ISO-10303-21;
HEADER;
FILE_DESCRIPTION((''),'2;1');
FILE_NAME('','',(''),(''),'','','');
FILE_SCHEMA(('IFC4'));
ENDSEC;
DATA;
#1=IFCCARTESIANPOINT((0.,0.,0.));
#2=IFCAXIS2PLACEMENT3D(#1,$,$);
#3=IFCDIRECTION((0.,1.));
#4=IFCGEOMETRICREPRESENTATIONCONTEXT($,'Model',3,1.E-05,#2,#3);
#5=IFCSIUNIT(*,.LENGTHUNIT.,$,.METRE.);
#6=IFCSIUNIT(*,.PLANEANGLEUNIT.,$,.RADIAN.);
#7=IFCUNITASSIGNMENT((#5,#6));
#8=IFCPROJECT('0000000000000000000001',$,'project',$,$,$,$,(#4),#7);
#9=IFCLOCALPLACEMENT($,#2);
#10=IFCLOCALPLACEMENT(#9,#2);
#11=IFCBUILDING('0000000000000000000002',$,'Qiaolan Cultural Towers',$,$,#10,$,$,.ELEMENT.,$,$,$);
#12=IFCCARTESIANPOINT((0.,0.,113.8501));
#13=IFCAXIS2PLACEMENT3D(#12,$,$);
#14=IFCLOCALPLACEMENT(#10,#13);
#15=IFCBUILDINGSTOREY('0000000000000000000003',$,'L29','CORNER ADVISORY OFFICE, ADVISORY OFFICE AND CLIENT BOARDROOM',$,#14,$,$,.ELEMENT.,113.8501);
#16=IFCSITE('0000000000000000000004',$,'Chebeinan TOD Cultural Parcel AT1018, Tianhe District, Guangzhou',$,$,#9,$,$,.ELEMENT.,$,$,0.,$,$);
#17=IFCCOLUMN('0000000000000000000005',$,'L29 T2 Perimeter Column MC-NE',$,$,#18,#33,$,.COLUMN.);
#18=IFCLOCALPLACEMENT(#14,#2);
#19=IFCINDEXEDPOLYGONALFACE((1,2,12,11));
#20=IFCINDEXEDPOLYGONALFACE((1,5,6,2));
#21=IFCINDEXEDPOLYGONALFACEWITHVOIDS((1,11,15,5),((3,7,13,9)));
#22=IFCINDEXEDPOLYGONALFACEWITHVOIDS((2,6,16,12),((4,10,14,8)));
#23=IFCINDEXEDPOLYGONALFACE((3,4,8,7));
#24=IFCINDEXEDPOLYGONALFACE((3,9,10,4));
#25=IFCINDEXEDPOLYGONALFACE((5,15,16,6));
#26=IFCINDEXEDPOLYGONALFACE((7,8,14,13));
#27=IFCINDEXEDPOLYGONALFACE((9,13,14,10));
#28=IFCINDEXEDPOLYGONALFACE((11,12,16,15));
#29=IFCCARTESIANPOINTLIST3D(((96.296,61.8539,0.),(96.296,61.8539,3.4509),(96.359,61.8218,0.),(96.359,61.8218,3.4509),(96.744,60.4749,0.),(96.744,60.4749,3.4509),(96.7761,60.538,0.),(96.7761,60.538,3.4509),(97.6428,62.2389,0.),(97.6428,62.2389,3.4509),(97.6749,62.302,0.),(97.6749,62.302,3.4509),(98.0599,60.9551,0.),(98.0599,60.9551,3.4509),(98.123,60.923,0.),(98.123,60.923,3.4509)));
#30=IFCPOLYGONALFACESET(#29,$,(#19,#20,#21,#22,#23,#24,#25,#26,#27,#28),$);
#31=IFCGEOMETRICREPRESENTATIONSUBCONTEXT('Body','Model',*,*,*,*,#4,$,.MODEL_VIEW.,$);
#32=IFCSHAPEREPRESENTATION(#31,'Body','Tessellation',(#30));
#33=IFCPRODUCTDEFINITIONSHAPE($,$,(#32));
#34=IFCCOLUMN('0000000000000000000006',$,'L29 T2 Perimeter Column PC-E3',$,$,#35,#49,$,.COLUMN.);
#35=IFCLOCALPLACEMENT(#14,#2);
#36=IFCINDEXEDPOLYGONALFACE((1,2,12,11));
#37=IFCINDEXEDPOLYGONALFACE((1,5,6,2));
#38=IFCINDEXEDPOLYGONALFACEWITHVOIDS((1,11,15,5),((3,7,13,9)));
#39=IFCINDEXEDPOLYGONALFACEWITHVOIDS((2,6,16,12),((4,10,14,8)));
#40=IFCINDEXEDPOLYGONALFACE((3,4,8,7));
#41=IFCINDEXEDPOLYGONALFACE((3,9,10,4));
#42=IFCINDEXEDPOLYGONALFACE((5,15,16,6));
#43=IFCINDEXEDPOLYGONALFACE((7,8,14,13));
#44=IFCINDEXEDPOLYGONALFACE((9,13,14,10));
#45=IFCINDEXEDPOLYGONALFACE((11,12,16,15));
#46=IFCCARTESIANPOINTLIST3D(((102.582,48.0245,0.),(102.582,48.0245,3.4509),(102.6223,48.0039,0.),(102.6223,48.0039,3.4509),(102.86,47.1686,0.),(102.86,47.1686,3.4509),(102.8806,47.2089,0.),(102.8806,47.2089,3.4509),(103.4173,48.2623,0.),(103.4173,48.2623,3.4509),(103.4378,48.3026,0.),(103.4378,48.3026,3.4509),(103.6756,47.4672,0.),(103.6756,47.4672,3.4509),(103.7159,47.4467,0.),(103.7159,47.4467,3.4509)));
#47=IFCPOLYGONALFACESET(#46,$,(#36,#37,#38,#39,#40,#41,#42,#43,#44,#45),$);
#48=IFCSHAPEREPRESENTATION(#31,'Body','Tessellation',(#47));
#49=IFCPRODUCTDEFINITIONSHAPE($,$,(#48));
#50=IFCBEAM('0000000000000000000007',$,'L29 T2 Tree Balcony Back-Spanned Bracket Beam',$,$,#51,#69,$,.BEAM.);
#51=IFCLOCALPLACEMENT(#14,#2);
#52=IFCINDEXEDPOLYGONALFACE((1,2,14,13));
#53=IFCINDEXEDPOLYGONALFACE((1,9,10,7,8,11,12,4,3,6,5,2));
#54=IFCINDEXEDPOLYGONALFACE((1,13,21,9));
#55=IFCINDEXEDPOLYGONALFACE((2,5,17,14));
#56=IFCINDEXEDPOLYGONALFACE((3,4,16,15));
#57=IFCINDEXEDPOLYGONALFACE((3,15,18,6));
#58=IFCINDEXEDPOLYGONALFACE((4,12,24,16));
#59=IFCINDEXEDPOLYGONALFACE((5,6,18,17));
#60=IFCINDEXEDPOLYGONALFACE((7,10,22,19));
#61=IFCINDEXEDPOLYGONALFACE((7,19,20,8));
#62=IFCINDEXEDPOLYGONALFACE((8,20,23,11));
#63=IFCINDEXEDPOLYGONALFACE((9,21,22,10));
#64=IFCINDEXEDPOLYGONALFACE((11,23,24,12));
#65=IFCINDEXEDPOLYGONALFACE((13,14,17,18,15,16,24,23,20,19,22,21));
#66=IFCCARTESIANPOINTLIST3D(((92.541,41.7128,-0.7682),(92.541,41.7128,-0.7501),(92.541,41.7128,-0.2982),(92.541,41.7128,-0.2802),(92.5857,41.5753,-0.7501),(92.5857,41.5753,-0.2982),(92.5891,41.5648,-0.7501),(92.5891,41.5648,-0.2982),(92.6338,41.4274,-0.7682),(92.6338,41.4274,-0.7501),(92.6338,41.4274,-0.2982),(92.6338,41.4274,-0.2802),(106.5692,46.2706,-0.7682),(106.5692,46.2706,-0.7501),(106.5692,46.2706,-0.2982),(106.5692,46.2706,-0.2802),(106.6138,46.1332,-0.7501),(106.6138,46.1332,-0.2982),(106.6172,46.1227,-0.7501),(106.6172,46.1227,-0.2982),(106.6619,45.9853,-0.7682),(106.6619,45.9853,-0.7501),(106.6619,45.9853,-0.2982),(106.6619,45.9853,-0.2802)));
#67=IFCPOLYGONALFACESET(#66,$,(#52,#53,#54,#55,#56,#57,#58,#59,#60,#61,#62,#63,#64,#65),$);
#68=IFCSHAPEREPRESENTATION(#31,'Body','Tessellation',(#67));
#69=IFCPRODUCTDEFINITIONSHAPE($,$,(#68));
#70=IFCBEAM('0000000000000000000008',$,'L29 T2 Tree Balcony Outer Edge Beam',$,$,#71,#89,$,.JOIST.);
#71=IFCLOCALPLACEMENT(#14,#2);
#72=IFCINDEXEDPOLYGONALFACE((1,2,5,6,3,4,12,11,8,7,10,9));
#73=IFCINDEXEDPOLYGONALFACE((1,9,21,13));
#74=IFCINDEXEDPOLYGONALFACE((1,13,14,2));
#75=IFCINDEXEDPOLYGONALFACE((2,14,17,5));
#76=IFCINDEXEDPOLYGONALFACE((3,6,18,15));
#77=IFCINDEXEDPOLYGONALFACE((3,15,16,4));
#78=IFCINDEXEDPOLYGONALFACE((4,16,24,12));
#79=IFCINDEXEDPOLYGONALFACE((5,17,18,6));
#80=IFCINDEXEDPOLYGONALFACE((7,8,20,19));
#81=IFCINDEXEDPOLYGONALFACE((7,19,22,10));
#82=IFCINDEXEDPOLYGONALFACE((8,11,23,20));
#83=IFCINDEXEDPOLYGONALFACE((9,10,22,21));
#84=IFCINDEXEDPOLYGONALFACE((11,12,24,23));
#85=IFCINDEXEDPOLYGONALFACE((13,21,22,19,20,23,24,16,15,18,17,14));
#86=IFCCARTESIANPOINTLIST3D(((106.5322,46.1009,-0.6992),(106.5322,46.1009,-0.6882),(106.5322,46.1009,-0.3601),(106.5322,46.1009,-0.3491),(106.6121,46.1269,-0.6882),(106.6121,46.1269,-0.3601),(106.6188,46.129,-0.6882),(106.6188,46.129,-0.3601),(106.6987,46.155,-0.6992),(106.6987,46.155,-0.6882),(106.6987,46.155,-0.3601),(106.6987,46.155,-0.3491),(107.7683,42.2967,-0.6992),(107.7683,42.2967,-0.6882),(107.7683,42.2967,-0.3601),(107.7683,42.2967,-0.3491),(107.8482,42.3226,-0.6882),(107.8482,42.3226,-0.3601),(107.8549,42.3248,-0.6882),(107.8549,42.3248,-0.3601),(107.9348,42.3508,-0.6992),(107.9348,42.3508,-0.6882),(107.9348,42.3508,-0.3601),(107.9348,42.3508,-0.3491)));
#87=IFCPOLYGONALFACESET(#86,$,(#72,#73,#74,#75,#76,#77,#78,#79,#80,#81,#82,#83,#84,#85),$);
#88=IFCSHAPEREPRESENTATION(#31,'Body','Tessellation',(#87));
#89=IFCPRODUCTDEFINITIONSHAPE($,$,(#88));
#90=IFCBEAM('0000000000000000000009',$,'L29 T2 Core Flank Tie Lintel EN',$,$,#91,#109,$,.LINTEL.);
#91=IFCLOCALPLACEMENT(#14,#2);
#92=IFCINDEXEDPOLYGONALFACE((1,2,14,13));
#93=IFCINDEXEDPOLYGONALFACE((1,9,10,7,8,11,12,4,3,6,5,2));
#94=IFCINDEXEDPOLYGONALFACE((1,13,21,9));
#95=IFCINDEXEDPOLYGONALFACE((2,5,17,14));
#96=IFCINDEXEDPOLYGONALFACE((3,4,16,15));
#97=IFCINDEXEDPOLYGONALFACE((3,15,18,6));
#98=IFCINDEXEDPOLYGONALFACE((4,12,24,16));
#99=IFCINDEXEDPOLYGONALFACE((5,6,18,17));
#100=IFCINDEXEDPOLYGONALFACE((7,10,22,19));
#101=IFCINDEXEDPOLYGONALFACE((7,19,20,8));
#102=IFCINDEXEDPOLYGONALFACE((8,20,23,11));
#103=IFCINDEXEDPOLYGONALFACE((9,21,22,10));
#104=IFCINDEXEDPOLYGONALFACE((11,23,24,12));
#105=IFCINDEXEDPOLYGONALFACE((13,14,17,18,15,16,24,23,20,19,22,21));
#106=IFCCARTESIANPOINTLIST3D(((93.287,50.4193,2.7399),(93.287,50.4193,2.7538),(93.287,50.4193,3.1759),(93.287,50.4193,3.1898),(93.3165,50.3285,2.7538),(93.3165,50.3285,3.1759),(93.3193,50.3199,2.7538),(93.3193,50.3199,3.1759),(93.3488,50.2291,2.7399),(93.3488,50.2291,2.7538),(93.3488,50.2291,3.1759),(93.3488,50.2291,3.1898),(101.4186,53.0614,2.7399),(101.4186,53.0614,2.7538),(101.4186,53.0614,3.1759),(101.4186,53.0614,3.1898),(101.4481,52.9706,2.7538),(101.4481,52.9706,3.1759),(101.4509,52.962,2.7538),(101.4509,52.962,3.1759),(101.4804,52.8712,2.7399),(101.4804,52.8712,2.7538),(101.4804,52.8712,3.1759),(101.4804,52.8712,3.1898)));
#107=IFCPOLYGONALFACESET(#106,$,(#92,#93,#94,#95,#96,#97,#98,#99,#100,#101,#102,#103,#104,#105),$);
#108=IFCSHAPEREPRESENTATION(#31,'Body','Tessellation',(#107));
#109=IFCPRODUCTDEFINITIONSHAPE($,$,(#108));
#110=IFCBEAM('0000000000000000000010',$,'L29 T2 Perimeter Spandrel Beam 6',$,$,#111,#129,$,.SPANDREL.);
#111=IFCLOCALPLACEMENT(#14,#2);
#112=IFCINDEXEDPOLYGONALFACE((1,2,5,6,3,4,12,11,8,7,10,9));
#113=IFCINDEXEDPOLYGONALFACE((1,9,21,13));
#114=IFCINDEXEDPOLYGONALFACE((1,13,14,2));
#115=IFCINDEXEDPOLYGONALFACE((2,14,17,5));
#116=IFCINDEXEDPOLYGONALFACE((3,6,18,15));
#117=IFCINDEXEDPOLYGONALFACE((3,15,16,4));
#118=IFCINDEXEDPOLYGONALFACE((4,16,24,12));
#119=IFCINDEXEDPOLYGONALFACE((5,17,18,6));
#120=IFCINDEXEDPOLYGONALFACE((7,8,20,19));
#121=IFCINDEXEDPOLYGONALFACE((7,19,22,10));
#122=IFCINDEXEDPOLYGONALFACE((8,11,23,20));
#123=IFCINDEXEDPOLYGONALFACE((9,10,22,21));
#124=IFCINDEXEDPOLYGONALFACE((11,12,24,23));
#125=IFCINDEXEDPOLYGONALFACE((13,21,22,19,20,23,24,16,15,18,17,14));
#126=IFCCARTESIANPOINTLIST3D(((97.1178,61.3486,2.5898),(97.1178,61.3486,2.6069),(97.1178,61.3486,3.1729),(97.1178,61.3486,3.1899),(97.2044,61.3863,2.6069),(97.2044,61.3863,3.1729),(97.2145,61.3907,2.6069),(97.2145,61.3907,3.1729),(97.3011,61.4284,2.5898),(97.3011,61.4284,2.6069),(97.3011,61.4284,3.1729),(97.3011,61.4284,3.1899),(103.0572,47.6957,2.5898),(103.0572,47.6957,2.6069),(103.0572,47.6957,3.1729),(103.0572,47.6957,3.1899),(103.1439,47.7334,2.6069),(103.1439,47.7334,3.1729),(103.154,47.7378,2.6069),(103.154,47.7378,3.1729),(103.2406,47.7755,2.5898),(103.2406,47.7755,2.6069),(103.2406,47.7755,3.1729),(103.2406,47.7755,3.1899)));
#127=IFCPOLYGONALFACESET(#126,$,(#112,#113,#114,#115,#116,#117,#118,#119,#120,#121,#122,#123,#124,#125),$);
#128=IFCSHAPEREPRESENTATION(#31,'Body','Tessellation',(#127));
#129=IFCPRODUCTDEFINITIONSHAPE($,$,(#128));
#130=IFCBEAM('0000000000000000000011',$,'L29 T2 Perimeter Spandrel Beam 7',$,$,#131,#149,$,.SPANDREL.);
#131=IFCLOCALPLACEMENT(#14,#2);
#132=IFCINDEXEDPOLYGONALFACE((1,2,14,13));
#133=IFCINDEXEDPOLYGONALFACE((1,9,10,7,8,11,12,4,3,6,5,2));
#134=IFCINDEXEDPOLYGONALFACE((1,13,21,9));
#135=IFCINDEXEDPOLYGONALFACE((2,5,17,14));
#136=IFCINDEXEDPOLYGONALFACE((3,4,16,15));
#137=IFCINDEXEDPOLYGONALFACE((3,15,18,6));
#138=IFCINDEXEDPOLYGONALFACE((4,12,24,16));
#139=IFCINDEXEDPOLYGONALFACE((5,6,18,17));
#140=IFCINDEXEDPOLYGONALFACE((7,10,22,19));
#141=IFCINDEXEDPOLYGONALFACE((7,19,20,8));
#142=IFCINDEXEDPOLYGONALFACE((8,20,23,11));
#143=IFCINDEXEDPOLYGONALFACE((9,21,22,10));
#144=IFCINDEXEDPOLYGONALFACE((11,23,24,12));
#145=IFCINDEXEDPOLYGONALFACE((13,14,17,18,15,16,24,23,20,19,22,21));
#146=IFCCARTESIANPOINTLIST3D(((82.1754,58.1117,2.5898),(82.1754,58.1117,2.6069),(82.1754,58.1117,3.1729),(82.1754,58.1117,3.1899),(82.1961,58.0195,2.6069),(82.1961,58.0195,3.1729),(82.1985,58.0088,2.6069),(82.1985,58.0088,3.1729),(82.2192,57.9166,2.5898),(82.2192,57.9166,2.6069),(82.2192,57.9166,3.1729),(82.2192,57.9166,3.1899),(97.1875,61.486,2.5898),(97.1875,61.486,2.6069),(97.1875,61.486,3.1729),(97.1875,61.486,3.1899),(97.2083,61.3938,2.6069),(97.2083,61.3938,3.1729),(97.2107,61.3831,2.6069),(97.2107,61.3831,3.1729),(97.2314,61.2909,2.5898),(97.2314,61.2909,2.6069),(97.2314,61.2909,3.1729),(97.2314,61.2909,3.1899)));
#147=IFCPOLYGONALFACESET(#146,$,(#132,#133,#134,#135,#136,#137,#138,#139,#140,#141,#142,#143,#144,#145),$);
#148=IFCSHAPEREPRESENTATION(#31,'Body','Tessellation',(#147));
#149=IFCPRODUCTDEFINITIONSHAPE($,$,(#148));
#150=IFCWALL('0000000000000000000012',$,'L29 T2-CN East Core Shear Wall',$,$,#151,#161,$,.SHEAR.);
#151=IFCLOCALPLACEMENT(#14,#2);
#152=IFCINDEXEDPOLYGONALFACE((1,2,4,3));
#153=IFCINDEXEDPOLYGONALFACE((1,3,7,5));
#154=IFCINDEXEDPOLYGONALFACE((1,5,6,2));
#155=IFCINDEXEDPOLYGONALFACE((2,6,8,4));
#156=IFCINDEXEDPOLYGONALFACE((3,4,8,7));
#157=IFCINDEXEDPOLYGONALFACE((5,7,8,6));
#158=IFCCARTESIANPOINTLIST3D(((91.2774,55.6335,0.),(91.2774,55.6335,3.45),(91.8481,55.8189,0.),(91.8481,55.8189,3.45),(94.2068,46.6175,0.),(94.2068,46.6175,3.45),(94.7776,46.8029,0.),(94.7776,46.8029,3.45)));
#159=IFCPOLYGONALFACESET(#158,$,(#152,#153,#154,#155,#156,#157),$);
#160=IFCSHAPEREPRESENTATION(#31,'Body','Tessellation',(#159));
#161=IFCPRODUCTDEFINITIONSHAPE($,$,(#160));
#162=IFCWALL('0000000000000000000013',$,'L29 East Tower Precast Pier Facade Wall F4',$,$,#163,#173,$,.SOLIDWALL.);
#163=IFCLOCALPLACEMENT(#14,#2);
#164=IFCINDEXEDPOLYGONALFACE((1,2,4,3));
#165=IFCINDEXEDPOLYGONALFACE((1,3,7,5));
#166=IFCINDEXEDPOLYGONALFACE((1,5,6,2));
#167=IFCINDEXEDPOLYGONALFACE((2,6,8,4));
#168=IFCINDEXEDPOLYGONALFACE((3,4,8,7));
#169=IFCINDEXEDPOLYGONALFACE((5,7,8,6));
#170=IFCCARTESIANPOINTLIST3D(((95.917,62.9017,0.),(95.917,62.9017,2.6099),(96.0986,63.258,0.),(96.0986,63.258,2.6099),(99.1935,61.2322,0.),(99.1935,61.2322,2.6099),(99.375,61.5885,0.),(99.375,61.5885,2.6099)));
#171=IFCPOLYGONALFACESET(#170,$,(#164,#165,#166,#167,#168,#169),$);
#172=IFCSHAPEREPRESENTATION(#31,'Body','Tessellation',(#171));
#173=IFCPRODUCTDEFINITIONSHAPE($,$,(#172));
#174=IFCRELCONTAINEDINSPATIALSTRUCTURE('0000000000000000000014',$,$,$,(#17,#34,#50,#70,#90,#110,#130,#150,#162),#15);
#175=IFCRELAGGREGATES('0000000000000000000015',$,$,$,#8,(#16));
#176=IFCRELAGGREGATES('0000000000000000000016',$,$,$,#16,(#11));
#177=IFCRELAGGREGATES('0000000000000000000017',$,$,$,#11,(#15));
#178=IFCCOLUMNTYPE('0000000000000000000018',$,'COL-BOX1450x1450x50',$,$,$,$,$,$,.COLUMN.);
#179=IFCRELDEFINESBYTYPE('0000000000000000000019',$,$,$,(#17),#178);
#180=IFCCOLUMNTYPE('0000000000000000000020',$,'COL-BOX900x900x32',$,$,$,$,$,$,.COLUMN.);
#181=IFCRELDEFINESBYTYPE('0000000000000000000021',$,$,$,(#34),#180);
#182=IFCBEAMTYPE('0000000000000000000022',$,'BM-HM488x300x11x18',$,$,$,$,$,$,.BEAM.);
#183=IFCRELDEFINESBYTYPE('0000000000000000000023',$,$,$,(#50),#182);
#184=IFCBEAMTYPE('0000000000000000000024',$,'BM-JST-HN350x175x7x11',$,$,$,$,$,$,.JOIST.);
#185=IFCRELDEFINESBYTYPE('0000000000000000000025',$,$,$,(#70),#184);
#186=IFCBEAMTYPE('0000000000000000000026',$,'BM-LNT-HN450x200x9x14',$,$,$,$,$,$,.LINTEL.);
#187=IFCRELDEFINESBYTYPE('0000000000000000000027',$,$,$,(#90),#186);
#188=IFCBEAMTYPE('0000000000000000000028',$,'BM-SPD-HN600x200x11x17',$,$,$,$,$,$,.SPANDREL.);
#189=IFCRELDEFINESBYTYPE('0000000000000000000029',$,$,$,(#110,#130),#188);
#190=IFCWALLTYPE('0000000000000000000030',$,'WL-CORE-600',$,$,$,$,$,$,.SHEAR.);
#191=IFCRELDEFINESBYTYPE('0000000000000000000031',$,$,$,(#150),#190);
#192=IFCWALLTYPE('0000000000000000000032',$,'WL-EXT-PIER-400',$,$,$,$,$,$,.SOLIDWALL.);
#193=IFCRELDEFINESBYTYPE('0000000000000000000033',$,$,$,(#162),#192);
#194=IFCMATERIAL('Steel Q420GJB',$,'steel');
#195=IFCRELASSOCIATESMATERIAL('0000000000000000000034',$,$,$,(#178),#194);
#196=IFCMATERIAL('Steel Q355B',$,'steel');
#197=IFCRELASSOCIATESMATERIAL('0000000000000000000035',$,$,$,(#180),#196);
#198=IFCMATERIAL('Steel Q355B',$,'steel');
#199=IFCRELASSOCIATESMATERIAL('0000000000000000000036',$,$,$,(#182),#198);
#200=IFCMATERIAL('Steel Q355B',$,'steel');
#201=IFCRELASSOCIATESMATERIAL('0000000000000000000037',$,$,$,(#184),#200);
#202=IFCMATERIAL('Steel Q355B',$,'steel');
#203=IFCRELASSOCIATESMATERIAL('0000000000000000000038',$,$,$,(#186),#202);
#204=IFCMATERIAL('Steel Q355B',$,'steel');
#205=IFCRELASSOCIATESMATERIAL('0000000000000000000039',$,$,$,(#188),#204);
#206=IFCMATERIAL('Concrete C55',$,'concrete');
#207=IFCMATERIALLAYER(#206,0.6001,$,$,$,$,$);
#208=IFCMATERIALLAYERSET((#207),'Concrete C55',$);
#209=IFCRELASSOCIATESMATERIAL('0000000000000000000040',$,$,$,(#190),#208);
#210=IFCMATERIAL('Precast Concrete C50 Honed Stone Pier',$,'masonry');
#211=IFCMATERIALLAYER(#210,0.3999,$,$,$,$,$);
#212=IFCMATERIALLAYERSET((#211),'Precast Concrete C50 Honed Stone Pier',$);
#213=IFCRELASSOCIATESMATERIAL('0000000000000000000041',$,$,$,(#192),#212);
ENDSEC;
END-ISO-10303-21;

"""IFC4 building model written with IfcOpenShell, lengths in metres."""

from ifc_helpers import new_model, si_unit, direction, frame, frame_2d, origin, origin_2d, place, context, subcontext, project, spatial, rectangle, hollow_rectangle, i_section, extrude, material, layer, layer_set, material_profile, profile_set, type_object, element, save


model = new_model("IFC4")

# Units and contexts
model_context = context("Model", 3, precision=1e-05, world=origin(), true_north=direction((0.0, 1.0)))
body_context = subcontext(model_context, "Body", "Model", "MODEL_VIEW")
ifc_project = project(units=[si_unit("LENGTHUNIT", "METRE"), si_unit("PLANEANGLEUNIT", "RADIAN")], contexts=[model_context])

# Site, building, storey
site_placement = place(None, origin())
site = spatial("IfcSite", under=ifc_project, at=site_placement, Name="Chebeinan TOD Cultural Parcel AT1018, Tianhe District, Guangzhou", CompositionType="ELEMENT", RefElevation=0.0)
building_placement = place(site_placement, origin())
building = spatial("IfcBuilding", under=site, at=building_placement, Name="Qiaolan Cultural Towers", CompositionType="ELEMENT")
storey_placement = place(building_placement, frame((0.0, 0.0, 113.8501)))
storey = spatial("IfcBuildingStorey", under=building, at=storey_placement, Name="L29", Description="CORNER ADVISORY OFFICE, ADVISORY OFFICE AND CLIENT BOARDROOM", CompositionType="ELEMENT", Elevation=113.8501)

# Columns
ifc_material_1 = material(Name="Steel Q420GJB", Category="steel")
ifc_material_profile_1 = material_profile(ifc_material_1, hollow_rectangle(XDim=1.45, YDim=1.45, WallThickness=0.05, at=origin_2d()), Name="BOX1450x1450x50")
ifc_profile_set_1 = profile_set([ifc_material_profile_1], Name="Steel Q420GJB")
column_type_1 = type_object("IfcColumnType", Name="COL-BOX1450x1450x50", PredefinedType="COLUMN", material=ifc_profile_set_1)
column_1_placement = place(storey_placement, frame((97.2095, 61.3884, 0.0), z_axis=(0.0, 0.0, 1.0), x_axis=(0.951057, 0.309017, 0.0)))
element("IfcColumn", 1, at=column_1_placement, inside=storey, type_object=column_type_1, Name="L29 T2 Perimeter Column MC-NE", PredefinedType="COLUMN", context=body_context, shape_type="SweptSolid", body=[
    extrude(hollow_rectangle(XDim=1.45, YDim=1.45, WallThickness=0.05, at=origin_2d()), origin(), (0.0, 0.0, 1.0), 3.4509),
])
ifc_material_2 = material(Name="Steel Q355B", Category="steel")
ifc_material_profile_2 = material_profile(ifc_material_2, hollow_rectangle(XDim=0.8999, YDim=0.8999, WallThickness=0.032, at=origin_2d()), Name="BOX900x900x32")
ifc_profile_set_2 = profile_set([ifc_material_profile_2], Name="Steel Q355B")
column_type_2 = type_object("IfcColumnType", Name="COL-BOX900x900x32", PredefinedType="COLUMN", material=ifc_profile_set_2)
column_2_placement = place(storey_placement, frame((103.1489, 47.7356, 0.0), z_axis=(0.0, 0.0, 1.0), x_axis=(0.951057, 0.309017, 0.0)))
element("IfcColumn", 2, at=column_2_placement, inside=storey, type_object=column_type_2, Name="L29 T2 Perimeter Column PC-E3", PredefinedType="COLUMN", context=body_context, shape_type="SweptSolid", body=[
    extrude(hollow_rectangle(XDim=0.8999, YDim=0.8999, WallThickness=0.032, at=origin_2d()), origin(), (0.0, 0.0, 1.0), 3.4509),
])

# Beams
ifc_material_3 = material(Name="Steel Q355B", Category="steel")
ifc_material_profile_3 = material_profile(ifc_material_3, i_section(OverallWidth=0.3, OverallDepth=0.488, WebThickness=0.011, FlangeThickness=0.0181, at=origin_2d()), Name="HM488x300x11x18")
ifc_profile_set_3 = profile_set([ifc_material_profile_3], Name="Steel Q355B")
beam_type_1 = type_object("IfcBeamType", Name="BM-HM488x300x11x18", PredefinedType="BEAM", material=ifc_profile_set_3)
beam_1_placement = place(storey_placement, frame((92.5874, 41.5701, -0.5242), z_axis=(0.951059, 0.309009, 0.0), x_axis=(-0.309009, 0.951059, 0.0)))
element("IfcBeam", 3, at=beam_1_placement, inside=storey, type_object=beam_type_1, Name="L29 T2 Tree Balcony Back-Spanned Bracket Beam", PredefinedType="BEAM", context=body_context, shape_type="SweptSolid", body=[
    extrude(i_section(OverallWidth=0.3, OverallDepth=0.488, WebThickness=0.011, FlangeThickness=0.0181, at=origin_2d()), origin(), (0.0, 0.0, 1.0), 14.75),
])
ifc_material_4 = material(Name="Steel Q355B", Category="steel")
ifc_material_profile_4 = material_profile(ifc_material_4, i_section(OverallWidth=0.175, OverallDepth=0.3501, WebThickness=0.0071, FlangeThickness=0.011, at=origin_2d()), Name="HN350x175x7x11")
ifc_profile_set_4 = profile_set([ifc_material_profile_4], Name="Steel Q355B")
beam_type_2 = type_object("IfcBeamType", Name="BM-JST-HN350x175x7x11", PredefinedType="JOIST", material=ifc_profile_set_4)
beam_2_placement = place(storey_placement, frame((107.8516, 42.3237, -0.5242), z_axis=(-0.309023, 0.951055, 0.0), x_axis=(-0.951055, -0.309023, 0.0)))
element("IfcBeam", 4, at=beam_2_placement, inside=storey, type_object=beam_type_2, Name="L29 T2 Tree Balcony Outer Edge Beam", PredefinedType="JOIST", context=body_context, shape_type="SweptSolid", body=[
    extrude(i_section(OverallWidth=0.175, OverallDepth=0.3501, WebThickness=0.0071, FlangeThickness=0.011, at=origin_2d()), origin(), (0.0, 0.0, 1.0), 4.0),
])
ifc_material_5 = material(Name="Steel Q355B", Category="steel")
ifc_material_profile_5 = material_profile(ifc_material_5, i_section(OverallWidth=0.2, OverallDepth=0.45, WebThickness=0.009, FlangeThickness=0.0139, at=origin_2d()), Name="HN450x200x9x14")
ifc_profile_set_5 = profile_set([ifc_material_profile_5], Name="Steel Q355B")
beam_type_3 = type_object("IfcBeamType", Name="BM-LNT-HN450x200x9x14", PredefinedType="LINTEL", material=ifc_profile_set_5)
beam_3_placement = place(storey_placement, frame((93.3179, 50.3242, 2.9648), z_axis=(0.951057, 0.309014, 0.0), x_axis=(-0.309014, 0.951057, 0.0)))
element("IfcBeam", 5, at=beam_3_placement, inside=storey, type_object=beam_type_3, Name="L29 T2 Core Flank Tie Lintel EN", PredefinedType="LINTEL", context=body_context, shape_type="SweptSolid", body=[
    extrude(i_section(OverallWidth=0.2, OverallDepth=0.45, WebThickness=0.009, FlangeThickness=0.0139, at=origin_2d()), origin(), (0.0, 0.0, 1.0), 8.55),
])
ifc_material_6 = material(Name="Steel Q355B", Category="steel")
ifc_material_profile_6 = material_profile(ifc_material_6, i_section(OverallWidth=0.2, OverallDepth=0.6001, WebThickness=0.011, FlangeThickness=0.0171, at=origin_2d()), Name="HN600x200x11x17")
ifc_profile_set_6 = profile_set([ifc_material_profile_6], Name="Steel Q355B")
beam_type_4 = type_object("IfcBeamType", Name="BM-SPD-HN600x200x11x17", PredefinedType="SPANDREL", material=ifc_profile_set_6)
beam_4_placement = place(storey_placement, frame((103.1489, 47.7356, 2.8899), z_axis=(-0.39892, 0.916986, 0.0), x_axis=(-0.916986, -0.39892, 0.0)))
element("IfcBeam", 6, at=beam_4_placement, inside=storey, type_object=beam_type_4, Name="L29 T2 Perimeter Spandrel Beam 6", PredefinedType="SPANDREL", context=body_context, shape_type="SweptSolid", body=[
    extrude(i_section(OverallWidth=0.2, OverallDepth=0.6001, WebThickness=0.011, FlangeThickness=0.0171, at=origin_2d()), origin(), (0.0, 0.0, 1.0), 14.8889),
])
beam_5_placement = place(storey_placement, frame((97.2095, 61.3884, 2.8899), z_axis=(-0.975658, -0.219297, 0.0), x_axis=(0.219297, -0.975658, 0.0)))
element("IfcBeam", 7, at=beam_5_placement, inside=storey, type_object=beam_type_4, Name="L29 T2 Perimeter Spandrel Beam 7", PredefinedType="SPANDREL", context=body_context, shape_type="SweptSolid", body=[
    extrude(i_section(OverallWidth=0.2, OverallDepth=0.6001, WebThickness=0.011, FlangeThickness=0.0171, at=origin_2d()), origin(), (0.0, 0.0, 1.0), 15.3867),
])

# Walls
ifc_material_7 = material(Name="Concrete C55", Category="concrete")
ifc_layer_1 = layer(ifc_material_7, 0.6001)
ifc_layer_set_1 = layer_set([ifc_layer_1], Name="Concrete C55")
wall_type_1 = type_object("IfcWallType", Name="WL-CORE-600", PredefinedType="SHEAR", material=ifc_layer_set_1)
wall_1_placement = place(storey_placement, frame((94.4922, 46.7102, 0.0), z_axis=(0.0, 0.0, 1.0), x_axis=(-0.30901, 0.951059, 0.0)))
element("IfcWall", 8, at=wall_1_placement, inside=storey, type_object=wall_type_1, Name="L29 T2-CN East Core Shear Wall", PredefinedType="SHEAR", context=body_context, shape_type="SweptSolid", body=[
    extrude(rectangle(XDim=9.48, YDim=0.6001, at=frame_2d((4.74, 0.0))), origin(), (0.0, 0.0, 1.0), 3.45),
])
ifc_material_8 = material(Name="Precast Concrete C50 Honed Stone Pier", Category="masonry")
ifc_layer_2 = layer(ifc_material_8, 0.3999)
ifc_layer_set_2 = layer_set([ifc_layer_2], Name="Precast Concrete C50 Honed Stone Pier")
wall_type_2 = type_object("IfcWallType", Name="WL-EXT-PIER-400", PredefinedType="SOLIDWALL", material=ifc_layer_set_2)
wall_2_placement = place(storey_placement, frame((96.0078, 63.0798, 0.0), z_axis=(0.0, 0.0, 1.0), x_axis=(0.891002, -0.453999, 0.0)))
element("IfcWall", 9, at=wall_2_placement, inside=storey, type_object=wall_type_2, Name="L29 East Tower Precast Pier Facade Wall F4", PredefinedType="SOLIDWALL", context=body_context, shape_type="SweptSolid", body=[
    extrude(rectangle(XDim=3.6772, YDim=0.3999, at=frame_2d((1.8386, 0.0))), origin(), (0.0, 0.0, 1.0), 2.6099),
])

save(model, "model.ifc")
